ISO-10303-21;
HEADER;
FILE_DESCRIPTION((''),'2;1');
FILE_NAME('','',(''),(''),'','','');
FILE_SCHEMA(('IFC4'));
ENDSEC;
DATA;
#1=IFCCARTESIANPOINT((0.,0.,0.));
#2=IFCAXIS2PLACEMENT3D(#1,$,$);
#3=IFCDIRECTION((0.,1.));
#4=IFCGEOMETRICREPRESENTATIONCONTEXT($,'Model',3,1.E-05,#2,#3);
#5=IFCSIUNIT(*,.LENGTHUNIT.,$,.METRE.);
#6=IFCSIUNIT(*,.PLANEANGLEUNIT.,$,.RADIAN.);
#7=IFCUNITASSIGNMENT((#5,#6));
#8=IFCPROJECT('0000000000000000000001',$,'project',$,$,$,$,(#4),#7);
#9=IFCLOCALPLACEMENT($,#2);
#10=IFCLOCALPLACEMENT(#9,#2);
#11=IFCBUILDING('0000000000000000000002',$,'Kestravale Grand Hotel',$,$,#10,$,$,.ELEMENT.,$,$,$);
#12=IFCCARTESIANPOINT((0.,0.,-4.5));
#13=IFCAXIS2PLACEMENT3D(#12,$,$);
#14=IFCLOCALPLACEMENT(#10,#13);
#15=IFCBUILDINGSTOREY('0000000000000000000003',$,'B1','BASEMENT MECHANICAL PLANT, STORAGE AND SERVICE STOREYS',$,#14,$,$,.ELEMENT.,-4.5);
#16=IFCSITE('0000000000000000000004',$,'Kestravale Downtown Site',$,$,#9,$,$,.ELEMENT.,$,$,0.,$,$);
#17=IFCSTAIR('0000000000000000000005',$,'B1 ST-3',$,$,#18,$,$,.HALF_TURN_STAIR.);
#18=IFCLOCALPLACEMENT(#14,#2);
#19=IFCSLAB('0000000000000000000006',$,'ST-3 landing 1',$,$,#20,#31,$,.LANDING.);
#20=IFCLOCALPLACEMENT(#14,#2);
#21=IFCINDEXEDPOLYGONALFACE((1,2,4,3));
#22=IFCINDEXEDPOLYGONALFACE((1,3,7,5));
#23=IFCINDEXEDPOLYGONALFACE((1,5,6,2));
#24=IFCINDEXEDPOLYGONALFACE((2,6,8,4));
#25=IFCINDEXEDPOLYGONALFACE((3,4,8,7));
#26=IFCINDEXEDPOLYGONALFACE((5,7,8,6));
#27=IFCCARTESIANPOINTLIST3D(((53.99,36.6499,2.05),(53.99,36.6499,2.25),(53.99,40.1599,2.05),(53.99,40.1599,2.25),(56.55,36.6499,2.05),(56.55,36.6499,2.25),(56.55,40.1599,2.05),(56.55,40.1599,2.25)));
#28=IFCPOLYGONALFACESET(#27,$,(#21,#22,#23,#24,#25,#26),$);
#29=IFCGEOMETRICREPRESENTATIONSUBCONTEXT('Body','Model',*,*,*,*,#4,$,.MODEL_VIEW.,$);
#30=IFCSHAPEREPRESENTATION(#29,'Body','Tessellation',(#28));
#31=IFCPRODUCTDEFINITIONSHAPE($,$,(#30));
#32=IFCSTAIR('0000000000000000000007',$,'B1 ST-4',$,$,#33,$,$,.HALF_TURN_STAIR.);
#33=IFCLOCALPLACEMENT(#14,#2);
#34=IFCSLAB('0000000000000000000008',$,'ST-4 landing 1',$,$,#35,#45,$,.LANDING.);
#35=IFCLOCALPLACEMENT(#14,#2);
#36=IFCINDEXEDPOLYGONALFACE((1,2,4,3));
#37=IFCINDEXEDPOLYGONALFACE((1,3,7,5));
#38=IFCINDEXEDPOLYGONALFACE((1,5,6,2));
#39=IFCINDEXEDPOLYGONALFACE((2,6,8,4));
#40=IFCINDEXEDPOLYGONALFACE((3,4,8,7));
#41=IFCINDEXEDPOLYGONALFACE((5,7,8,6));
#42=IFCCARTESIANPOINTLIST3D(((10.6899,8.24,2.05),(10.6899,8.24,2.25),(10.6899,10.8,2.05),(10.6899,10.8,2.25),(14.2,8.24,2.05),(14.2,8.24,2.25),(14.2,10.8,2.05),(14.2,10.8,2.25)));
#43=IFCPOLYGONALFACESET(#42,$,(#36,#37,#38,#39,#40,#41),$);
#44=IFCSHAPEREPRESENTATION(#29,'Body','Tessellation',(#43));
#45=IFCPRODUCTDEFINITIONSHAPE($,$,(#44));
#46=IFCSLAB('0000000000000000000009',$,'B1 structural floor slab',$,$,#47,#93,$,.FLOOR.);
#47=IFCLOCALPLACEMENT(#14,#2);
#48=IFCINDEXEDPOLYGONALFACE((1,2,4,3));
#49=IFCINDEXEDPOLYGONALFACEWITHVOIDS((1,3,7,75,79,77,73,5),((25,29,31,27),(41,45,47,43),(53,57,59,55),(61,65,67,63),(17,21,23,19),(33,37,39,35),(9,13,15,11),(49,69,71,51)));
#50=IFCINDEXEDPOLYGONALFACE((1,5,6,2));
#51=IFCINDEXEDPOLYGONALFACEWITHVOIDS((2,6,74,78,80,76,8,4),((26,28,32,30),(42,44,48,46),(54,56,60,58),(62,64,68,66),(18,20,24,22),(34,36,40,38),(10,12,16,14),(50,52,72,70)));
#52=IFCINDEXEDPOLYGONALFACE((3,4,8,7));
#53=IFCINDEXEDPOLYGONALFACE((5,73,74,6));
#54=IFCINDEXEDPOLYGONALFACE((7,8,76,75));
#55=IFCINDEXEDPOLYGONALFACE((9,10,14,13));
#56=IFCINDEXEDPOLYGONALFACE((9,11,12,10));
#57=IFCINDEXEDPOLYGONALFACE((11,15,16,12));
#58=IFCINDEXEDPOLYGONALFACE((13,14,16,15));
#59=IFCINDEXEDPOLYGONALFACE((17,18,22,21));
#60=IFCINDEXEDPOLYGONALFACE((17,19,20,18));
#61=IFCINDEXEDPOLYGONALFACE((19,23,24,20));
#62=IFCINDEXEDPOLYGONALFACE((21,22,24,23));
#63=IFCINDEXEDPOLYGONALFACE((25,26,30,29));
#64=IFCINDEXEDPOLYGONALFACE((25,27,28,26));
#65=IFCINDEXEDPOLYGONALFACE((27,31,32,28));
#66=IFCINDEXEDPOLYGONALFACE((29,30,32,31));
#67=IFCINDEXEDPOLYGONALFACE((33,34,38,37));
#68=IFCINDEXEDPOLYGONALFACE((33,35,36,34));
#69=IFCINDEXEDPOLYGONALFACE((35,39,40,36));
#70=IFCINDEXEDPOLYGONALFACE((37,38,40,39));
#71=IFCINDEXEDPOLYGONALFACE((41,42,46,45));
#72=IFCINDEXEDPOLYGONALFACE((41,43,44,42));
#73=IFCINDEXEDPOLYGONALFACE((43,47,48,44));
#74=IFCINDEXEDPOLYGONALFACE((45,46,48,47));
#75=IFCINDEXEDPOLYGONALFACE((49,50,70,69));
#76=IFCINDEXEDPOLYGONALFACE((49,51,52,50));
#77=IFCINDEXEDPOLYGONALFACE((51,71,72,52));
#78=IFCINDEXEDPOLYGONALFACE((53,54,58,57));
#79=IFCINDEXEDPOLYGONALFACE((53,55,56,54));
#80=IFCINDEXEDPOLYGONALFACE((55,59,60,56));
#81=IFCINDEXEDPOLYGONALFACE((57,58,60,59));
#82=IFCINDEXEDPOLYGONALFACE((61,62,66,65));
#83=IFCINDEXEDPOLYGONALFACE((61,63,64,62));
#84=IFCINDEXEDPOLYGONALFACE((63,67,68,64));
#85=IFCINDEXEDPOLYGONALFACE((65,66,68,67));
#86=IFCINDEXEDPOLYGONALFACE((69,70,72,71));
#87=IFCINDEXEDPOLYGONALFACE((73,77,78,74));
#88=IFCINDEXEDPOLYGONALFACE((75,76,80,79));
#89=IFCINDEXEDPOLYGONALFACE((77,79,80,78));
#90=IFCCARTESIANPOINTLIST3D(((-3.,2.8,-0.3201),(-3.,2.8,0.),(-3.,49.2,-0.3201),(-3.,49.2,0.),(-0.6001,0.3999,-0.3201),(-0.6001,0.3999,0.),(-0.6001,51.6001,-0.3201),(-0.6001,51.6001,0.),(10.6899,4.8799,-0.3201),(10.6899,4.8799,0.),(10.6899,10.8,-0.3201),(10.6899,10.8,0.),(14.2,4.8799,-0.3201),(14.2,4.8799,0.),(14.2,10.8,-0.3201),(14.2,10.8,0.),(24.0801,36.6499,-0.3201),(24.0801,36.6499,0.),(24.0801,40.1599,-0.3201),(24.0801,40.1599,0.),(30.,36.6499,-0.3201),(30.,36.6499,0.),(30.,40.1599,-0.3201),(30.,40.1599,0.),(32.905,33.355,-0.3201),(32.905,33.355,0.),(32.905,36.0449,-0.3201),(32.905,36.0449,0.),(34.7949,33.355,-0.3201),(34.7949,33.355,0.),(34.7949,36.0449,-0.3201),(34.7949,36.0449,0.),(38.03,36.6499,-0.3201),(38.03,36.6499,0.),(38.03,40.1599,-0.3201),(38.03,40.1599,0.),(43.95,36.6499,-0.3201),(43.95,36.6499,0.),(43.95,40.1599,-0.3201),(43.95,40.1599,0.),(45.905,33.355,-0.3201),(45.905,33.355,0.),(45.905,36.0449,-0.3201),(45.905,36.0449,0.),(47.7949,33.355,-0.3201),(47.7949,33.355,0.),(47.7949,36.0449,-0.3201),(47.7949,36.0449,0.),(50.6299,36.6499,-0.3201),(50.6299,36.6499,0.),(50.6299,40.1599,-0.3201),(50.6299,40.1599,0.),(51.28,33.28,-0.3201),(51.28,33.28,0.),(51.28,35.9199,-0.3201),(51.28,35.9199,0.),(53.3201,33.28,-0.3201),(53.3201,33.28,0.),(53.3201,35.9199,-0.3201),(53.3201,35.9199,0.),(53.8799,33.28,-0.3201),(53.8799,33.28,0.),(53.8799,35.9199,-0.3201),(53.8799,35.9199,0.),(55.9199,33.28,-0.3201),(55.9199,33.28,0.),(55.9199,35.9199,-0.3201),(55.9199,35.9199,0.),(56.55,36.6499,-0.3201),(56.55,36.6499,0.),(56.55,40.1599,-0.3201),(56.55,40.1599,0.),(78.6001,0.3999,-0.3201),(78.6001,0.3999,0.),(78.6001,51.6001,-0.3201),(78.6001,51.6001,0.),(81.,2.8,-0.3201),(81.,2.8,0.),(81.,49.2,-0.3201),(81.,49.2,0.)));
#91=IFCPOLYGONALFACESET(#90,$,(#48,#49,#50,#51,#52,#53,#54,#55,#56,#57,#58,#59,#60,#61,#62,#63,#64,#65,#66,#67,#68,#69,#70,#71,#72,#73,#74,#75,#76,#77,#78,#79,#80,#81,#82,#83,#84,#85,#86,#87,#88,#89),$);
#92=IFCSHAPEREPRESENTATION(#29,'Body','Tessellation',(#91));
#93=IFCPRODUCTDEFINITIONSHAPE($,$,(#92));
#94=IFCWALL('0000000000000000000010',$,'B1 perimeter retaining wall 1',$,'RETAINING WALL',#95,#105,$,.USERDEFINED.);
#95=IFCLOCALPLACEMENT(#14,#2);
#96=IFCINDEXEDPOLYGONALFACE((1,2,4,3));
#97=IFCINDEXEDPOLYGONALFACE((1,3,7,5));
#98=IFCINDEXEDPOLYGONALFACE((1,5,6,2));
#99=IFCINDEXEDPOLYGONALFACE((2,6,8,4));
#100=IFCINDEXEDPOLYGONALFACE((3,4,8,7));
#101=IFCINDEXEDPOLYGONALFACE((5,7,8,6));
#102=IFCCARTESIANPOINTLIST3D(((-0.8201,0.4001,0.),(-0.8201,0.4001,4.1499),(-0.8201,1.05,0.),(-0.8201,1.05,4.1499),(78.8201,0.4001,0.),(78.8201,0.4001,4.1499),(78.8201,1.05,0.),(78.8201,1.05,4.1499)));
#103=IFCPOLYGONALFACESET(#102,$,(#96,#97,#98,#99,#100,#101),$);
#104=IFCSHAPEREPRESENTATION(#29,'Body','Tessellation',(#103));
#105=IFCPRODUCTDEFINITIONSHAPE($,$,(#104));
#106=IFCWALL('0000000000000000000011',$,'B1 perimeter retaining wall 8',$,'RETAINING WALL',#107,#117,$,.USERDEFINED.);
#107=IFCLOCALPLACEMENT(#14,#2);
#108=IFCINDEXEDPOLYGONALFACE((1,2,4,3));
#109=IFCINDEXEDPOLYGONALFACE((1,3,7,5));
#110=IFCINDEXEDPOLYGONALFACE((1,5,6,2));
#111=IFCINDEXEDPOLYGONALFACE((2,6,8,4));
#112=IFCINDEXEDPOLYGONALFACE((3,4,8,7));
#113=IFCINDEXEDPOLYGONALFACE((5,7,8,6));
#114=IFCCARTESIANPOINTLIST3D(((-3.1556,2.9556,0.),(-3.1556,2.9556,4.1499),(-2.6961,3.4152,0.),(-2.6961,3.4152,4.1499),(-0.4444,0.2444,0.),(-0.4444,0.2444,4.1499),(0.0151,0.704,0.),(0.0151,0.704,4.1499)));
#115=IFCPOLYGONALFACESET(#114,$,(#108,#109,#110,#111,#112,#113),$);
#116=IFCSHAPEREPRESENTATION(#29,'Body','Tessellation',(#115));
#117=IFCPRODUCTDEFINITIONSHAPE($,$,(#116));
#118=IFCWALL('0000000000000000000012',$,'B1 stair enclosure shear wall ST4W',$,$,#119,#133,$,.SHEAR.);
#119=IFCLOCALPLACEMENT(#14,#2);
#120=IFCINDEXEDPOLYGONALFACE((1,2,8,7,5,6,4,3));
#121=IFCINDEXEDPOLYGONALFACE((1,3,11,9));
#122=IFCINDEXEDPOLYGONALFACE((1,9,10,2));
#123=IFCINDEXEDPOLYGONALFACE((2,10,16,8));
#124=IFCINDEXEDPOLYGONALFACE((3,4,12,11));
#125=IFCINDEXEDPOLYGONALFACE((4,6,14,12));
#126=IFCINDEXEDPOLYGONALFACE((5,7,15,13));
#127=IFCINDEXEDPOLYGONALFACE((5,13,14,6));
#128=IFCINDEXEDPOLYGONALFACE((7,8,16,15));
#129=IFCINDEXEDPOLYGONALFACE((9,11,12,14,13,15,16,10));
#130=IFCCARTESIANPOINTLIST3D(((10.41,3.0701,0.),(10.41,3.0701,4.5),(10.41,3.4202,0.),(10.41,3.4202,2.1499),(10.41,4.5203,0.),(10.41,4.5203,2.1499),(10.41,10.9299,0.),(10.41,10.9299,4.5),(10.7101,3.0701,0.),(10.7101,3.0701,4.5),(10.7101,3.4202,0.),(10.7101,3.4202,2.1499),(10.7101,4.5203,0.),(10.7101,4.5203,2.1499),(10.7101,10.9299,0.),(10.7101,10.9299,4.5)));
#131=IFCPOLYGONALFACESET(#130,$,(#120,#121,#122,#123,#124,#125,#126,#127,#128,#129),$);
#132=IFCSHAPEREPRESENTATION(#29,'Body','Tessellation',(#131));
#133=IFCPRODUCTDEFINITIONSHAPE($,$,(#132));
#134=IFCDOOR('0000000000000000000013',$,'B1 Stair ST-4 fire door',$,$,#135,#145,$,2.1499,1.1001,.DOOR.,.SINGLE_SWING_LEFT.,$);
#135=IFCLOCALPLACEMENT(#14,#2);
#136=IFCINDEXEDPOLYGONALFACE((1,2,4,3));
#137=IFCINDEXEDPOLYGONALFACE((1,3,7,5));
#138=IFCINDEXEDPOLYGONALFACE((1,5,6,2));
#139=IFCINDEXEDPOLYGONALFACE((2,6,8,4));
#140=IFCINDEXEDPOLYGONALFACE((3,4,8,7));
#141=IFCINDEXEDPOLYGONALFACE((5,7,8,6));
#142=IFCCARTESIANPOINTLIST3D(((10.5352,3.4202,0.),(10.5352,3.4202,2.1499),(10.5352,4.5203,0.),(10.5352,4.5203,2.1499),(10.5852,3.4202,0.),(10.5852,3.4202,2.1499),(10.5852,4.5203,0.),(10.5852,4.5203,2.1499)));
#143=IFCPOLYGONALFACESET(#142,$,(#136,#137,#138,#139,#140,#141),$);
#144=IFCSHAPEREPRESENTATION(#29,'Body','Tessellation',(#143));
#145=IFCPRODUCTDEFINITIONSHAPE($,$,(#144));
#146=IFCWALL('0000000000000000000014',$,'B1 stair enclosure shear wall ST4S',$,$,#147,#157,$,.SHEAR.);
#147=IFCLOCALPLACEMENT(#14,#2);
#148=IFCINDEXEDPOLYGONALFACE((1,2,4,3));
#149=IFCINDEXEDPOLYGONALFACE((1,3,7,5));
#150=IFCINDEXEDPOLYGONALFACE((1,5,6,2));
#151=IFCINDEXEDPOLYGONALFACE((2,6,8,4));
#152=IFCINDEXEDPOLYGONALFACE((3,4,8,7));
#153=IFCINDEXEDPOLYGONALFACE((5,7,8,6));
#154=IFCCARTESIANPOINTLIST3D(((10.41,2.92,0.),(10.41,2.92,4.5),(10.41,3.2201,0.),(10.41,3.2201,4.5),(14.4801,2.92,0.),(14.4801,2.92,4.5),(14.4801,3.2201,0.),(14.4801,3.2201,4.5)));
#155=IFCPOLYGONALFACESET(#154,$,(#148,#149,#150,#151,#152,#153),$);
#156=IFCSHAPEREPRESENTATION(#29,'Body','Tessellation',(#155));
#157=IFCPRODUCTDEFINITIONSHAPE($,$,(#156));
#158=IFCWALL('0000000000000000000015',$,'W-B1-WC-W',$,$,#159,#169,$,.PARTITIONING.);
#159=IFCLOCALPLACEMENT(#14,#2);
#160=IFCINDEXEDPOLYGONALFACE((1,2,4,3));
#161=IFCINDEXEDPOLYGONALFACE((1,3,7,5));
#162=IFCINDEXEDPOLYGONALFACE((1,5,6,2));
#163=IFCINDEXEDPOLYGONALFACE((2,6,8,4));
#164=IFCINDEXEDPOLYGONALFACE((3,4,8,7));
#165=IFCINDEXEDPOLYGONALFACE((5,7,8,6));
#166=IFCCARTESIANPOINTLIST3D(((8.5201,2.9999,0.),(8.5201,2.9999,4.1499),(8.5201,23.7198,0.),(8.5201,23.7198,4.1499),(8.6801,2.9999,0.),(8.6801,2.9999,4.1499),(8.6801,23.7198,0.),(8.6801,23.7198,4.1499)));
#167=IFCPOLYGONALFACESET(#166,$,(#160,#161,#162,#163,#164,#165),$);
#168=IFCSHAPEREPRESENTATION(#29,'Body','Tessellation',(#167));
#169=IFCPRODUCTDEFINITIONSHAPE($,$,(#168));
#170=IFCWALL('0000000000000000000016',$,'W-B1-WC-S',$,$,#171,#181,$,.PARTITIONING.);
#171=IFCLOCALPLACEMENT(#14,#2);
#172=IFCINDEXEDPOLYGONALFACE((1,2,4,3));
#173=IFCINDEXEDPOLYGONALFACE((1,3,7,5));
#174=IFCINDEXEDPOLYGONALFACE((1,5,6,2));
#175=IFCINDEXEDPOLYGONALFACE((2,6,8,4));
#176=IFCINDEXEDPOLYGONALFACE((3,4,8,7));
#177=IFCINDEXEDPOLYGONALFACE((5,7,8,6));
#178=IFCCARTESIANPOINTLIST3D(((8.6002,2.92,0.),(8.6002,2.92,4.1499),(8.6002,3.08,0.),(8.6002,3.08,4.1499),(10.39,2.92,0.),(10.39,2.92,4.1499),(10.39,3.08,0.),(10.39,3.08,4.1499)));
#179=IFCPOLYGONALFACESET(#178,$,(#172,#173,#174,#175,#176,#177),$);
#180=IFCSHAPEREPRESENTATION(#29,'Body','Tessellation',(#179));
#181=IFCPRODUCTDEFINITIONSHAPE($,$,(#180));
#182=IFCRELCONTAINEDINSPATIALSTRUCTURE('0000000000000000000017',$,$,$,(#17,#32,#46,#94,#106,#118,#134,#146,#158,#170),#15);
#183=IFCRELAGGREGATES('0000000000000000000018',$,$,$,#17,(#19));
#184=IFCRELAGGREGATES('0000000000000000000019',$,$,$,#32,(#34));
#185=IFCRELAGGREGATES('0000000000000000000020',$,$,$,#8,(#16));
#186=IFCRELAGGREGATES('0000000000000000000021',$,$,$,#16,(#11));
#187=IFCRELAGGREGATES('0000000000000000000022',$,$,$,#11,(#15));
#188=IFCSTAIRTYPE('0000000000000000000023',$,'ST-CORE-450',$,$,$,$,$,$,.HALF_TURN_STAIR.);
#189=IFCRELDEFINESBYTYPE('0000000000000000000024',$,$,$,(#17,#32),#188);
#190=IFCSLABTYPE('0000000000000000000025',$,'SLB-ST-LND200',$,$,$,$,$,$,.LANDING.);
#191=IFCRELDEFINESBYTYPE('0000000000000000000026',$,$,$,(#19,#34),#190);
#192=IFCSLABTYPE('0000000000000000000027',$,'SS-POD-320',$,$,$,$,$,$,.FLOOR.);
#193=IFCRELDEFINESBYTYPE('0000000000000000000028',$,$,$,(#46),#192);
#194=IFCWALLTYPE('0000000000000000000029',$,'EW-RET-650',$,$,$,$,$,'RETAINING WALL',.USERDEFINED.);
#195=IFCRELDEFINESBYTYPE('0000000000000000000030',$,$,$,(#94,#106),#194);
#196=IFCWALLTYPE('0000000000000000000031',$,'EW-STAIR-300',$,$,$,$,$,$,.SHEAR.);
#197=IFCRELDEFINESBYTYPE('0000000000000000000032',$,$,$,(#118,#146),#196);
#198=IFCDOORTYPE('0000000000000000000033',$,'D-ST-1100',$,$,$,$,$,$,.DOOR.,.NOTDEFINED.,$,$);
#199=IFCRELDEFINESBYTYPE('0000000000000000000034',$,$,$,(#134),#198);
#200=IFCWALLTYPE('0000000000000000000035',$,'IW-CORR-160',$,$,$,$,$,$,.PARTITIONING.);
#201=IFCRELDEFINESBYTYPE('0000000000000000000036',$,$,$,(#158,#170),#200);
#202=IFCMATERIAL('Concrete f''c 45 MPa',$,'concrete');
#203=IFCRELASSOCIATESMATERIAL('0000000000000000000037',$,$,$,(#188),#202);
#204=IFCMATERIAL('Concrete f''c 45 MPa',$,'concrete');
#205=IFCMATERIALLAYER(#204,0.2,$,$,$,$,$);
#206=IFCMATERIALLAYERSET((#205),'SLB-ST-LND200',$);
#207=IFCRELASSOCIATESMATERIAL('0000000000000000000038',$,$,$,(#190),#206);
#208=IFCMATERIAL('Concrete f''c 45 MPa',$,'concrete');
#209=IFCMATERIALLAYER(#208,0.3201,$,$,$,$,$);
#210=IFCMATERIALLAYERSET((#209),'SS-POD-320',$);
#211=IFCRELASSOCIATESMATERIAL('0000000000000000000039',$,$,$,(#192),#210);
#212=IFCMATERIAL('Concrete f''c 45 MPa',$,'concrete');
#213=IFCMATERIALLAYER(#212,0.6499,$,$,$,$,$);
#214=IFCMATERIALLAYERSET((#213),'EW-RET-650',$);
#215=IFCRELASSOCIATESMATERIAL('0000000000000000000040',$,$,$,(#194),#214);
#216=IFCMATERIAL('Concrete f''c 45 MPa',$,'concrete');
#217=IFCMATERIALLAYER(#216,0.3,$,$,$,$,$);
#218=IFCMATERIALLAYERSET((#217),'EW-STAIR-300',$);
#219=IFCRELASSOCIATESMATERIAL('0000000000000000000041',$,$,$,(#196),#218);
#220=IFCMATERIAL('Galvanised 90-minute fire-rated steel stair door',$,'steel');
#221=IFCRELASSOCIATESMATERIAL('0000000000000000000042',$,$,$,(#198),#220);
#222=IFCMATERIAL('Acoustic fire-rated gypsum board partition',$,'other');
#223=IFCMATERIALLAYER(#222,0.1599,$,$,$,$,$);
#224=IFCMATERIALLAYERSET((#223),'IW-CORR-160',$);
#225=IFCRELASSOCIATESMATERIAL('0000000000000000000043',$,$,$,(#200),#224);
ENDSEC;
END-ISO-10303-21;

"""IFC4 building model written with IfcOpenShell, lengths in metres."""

from ifc_helpers import new_model, si_unit, direction, frame, frame_2d, origin, place, context, subcontext, project, spatial, polyline, rectangle, outline, extrude, material, layer, layer_set, type_object, element, fill, aggregate, save


model = new_model("IFC4")

# Units and contexts
model_context = context("Model", 3, precision=1e-05, world=origin(), true_north=direction((0.0, 1.0)))
body_context = subcontext(model_context, "Body", "Model", "MODEL_VIEW")
ifc_project = project(units=[si_unit("LENGTHUNIT", "METRE"), si_unit("PLANEANGLEUNIT", "RADIAN")], contexts=[model_context])

# Site, building, storey
site_placement = place(None, origin())
site = spatial("IfcSite", under=ifc_project, at=site_placement, Name="Kestravale Downtown Site", CompositionType="ELEMENT", RefElevation=0.0)
building_placement = place(site_placement, origin())
building = spatial("IfcBuilding", under=site, at=building_placement, Name="Kestravale Grand Hotel", CompositionType="ELEMENT")
storey_placement = place(building_placement, frame((0.0, 0.0, -4.5)))
storey = spatial("IfcBuildingStorey", under=building, at=storey_placement, Name="B1", Description="BASEMENT MECHANICAL PLANT, STORAGE AND SERVICE STOREYS", CompositionType="ELEMENT", Elevation=-4.5)

# Stairs, slabs
ifc_material_1 = material(Name="Concrete f'c 45 MPa", Category="concrete")
stair_type = type_object("IfcStairType", Name="ST-CORE-450", PredefinedType="HALF_TURN_STAIR", material=ifc_material_1)
ifc_material_2 = material(Name="Concrete f'c 45 MPa", Category="concrete")
ifc_layer_1 = layer(ifc_material_2, 0.2)
ifc_layer_set_1 = layer_set([ifc_layer_1], Name="SLB-ST-LND200")
slab_type_1 = type_object("IfcSlabType", Name="SLB-ST-LND200", PredefinedType="LANDING", material=ifc_layer_set_1)
stair_1_placement = place(storey_placement, origin())
stair_1 = element("IfcStair", 1, at=stair_1_placement, inside=storey, type_object=stair_type, Name="B1 ST-3", PredefinedType="HALF_TURN_STAIR")
slab_1_placement = place(storey_placement, frame((0.0, 0.0, 2.05)))
slab_1 = element("IfcSlab", 2, at=slab_1_placement, type_object=slab_type_1, Name="ST-3 landing 1", PredefinedType="LANDING", context=body_context, shape_type="SweptSolid", body=[
    extrude(outline(polyline([(53.99, 36.6499), (56.55, 36.6499), (56.55, 40.1599), (53.99, 40.1599), (53.99, 36.6499)])), origin(), (0.0, 0.0, 1.0), 0.2),
])
aggregate(stair_1, [slab_1])
stair_2_placement = place(storey_placement, origin())
stair_2 = element("IfcStair", 3, at=stair_2_placement, inside=storey, type_object=stair_type, Name="B1 ST-4", PredefinedType="HALF_TURN_STAIR")
slab_2_placement = place(storey_placement, frame((0.0, 0.0, 2.05)))
slab_2 = element("IfcSlab", 4, at=slab_2_placement, type_object=slab_type_1, Name="ST-4 landing 1", PredefinedType="LANDING", context=body_context, shape_type="SweptSolid", body=[
    extrude(outline(polyline([(14.2, 8.24), (14.2, 10.8), (10.6899, 10.8), (10.6899, 8.24), (14.2, 8.24)])), origin(), (0.0, 0.0, 1.0), 0.2),
])
aggregate(stair_2, [slab_2])

# Slab
ifc_material_3 = material(Name="Concrete f'c 45 MPa", Category="concrete")
ifc_layer_2 = layer(ifc_material_3, 0.3201)
ifc_layer_set_2 = layer_set([ifc_layer_2], Name="SS-POD-320")
slab_type_2 = type_object("IfcSlabType", Name="SS-POD-320", PredefinedType="FLOOR", material=ifc_layer_set_2)
slab_3_placement = place(storey_placement, frame((0.0, 0.0, -0.3201)))
element("IfcSlab", 5, at=slab_3_placement, inside=storey, type_object=slab_type_2, Name="B1 structural floor slab", PredefinedType="FLOOR", context=body_context, shape_type="SweptSolid", body=[
    extrude(outline(polyline([(-0.6001, 0.3999), (78.6001, 0.3999), (81.0, 2.8), (81.0, 49.2), (78.6001, 51.6001), (-0.6001, 51.6001), (-3.0, 49.2), (-3.0, 2.8), (-0.6001, 0.3999)]), holes=[polyline([(24.0801, 36.6499), (30.0, 36.6499), (30.0, 40.1599), (24.0801, 40.1599), (24.0801, 36.6499)]), polyline([(38.03, 36.6499), (43.95, 36.6499), (43.95, 40.1599), (38.03, 40.1599), (38.03, 36.6499)]), polyline([(50.6299, 36.6499), (56.55, 36.6499), (56.55, 40.1599), (50.6299, 40.1599), (50.6299, 36.6499)]), polyline([(14.2, 4.8799), (14.2, 10.8), (10.6899, 10.8), (10.6899, 4.8799), (14.2, 4.8799)]), polyline([(32.905, 33.355), (34.7949, 33.355), (34.7949, 36.0449), (32.905, 36.0449), (32.905, 33.355)]), polyline([(45.905, 33.355), (47.7949, 33.355), (47.7949, 36.0449), (45.905, 36.0449), (45.905, 33.355)]), polyline([(51.28, 33.28), (53.3201, 33.28), (53.3201, 35.9199), (51.28, 35.9199), (51.28, 33.28)]), polyline([(53.8799, 33.28), (55.9199, 33.28), (55.9199, 35.9199), (53.8799, 35.9199), (53.8799, 33.28)])]), origin(), (0.0, 0.0, 1.0), 0.3201),
])

# Walls
ifc_material_4 = material(Name="Concrete f'c 45 MPa", Category="concrete")
ifc_layer_3 = layer(ifc_material_4, 0.6499)
ifc_layer_set_3 = layer_set([ifc_layer_3], Name="EW-RET-650")
wall_type_1 = type_object("IfcWallType", Name="EW-RET-650", ElementType="RETAINING WALL", PredefinedType="USERDEFINED", material=ifc_layer_set_3)
wall_1_placement = place(storey_placement, frame((-0.8201, 0.7251, 0.0), z_axis=(0.0, 0.0, 1.0), x_axis=(1.0, 0.0, 0.0)))
element("IfcWall", 6, at=wall_1_placement, inside=storey, type_object=wall_type_1, Name="B1 perimeter retaining wall 1", ObjectType="RETAINING WALL", PredefinedType="USERDEFINED", context=body_context, shape_type="SweptSolid", body=[
    extrude(rectangle(XDim=79.6401, YDim=0.6499, at=frame_2d((39.8201, 0.0))), origin(), (0.0, 0.0, 1.0), 4.1499),
])
wall_2_placement = place(storey_placement, frame((-2.9258, 3.1853, 0.0), z_axis=(0.0, 0.0, 1.0), x_axis=(0.707107, -0.707107, 0.0)))
element("IfcWall", 7, at=wall_2_placement, inside=storey, type_object=wall_type_1, Name="B1 perimeter retaining wall 8", ObjectType="RETAINING WALL", PredefinedType="USERDEFINED", context=body_context, shape_type="SweptSolid", body=[
    extrude(rectangle(XDim=3.8342, YDim=0.6499, at=frame_2d((1.917, 0.0))), origin(), (0.0, 0.0, 1.0), 4.1499),
])

# Wall, opening, door
ifc_material_5 = material(Name="Concrete f'c 45 MPa", Category="concrete")
ifc_layer_4 = layer(ifc_material_5, 0.3)
ifc_layer_set_4 = layer_set([ifc_layer_4], Name="EW-STAIR-300")
wall_type_2 = type_object("IfcWallType", Name="EW-STAIR-300", PredefinedType="SHEAR", material=ifc_layer_set_4)
wall_3_placement = place(storey_placement, frame((10.5601, 3.0701, 0.0), z_axis=(0.0, 0.0, 1.0), x_axis=(0.0, 1.0, 0.0)))
wall_3 = element("IfcWall", 8, at=wall_3_placement, inside=storey, type_object=wall_type_2, Name="B1 stair enclosure shear wall ST4W", PredefinedType="SHEAR", context=body_context, shape_type="SweptSolid", body=[
    extrude(rectangle(XDim=7.8599, YDim=0.3, at=frame_2d((3.9299, 0.0))), origin(), (0.0, 0.0, 1.0), 4.5),
])
opening_placement = place(wall_3_placement, frame((0.3501, 0.0, 0.0)))
opening = element("IfcOpeningElement", 9, at=opening_placement, cuts=wall_3, PredefinedType="OPENING", context=body_context, shape_type="SweptSolid", body=[
    extrude(rectangle(XDim=1.1001, YDim=2.1499, at=frame_2d((0.55, 1.075))), frame((0.0, 0.1599, 0.0), z_axis=(0.0, -1.0, 0.0), x_axis=(1.0, 0.0, 0.0)), (0.0, 0.0, 1.0), 0.3201),
])
ifc_material_6 = material(Name="Galvanised 90-minute fire-rated steel stair door", Category="steel")
door_type = type_object("IfcDoorType", Name="D-ST-1100", OperationType="NOTDEFINED", PredefinedType="DOOR", material=ifc_material_6)
door_placement = place(opening_placement, origin())
door = element("IfcDoor", 10, at=door_placement, inside=storey, type_object=door_type, Name="B1 Stair ST-4 fire door", OperationType="SINGLE_SWING_LEFT", OverallHeight=2.1499, OverallWidth=1.1001, PredefinedType="DOOR", context=body_context, shape_type="SweptSolid", body=[
    extrude(rectangle(XDim=1.1001, YDim=2.1499, at=frame_2d((0.55, 1.075))), frame((0.0, 0.0249, 0.0), z_axis=(0.0, -1.0, 0.0), x_axis=(1.0, 0.0, 0.0)), (0.0, 0.0, 1.0), 0.05),
])
fill(opening, door)

# Walls
wall_4_placement = place(storey_placement, frame((10.4099, 3.0701, 0.0), z_axis=(0.0, 0.0, 1.0), x_axis=(1.0, 0.0, 0.0)))
element("IfcWall", 11, at=wall_4_placement, inside=storey, type_object=wall_type_2, Name="B1 stair enclosure shear wall ST4S", PredefinedType="SHEAR", context=body_context, shape_type="SweptSolid", body=[
    extrude(rectangle(XDim=4.0701, YDim=0.3, at=frame_2d((2.0352, 0.0))), origin(), (0.0, 0.0, 1.0), 4.5),
])
ifc_material_7 = material(Name="Acoustic fire-rated gypsum board partition", Category="other")
ifc_layer_5 = layer(ifc_material_7, 0.1599)
ifc_layer_set_5 = layer_set([ifc_layer_5], Name="IW-CORR-160")
wall_type_3 = type_object("IfcWallType", Name="IW-CORR-160", PredefinedType="PARTITIONING", material=ifc_layer_set_5)
wall_5_placement = place(storey_placement, frame((8.6001, 3.0, 0.0), z_axis=(0.0, 0.0, 1.0), x_axis=(0.0, 1.0, 0.0)))
element("IfcWall", 12, at=wall_5_placement, inside=storey, type_object=wall_type_3, Name="W-B1-WC-W", PredefinedType="PARTITIONING", context=body_context, shape_type="SweptSolid", body=[
    extrude(rectangle(XDim=20.72, YDim=0.1599, at=frame_2d((10.3599, 0.0))), origin(), (0.0, 0.0, 1.0), 4.1499),
])
wall_6_placement = place(storey_placement, frame((8.6001, 3.0, 0.0), z_axis=(0.0, 0.0, 1.0), x_axis=(1.0, 0.0, 0.0)))
element("IfcWall", 13, at=wall_6_placement, inside=storey, type_object=wall_type_3, Name="W-B1-WC-S", PredefinedType="PARTITIONING", context=body_context, shape_type="SweptSolid", body=[
    extrude(rectangle(XDim=1.7898, YDim=0.1599, at=frame_2d((0.895, 0.0))), origin(), (0.0, 0.0, 1.0), 4.1499),
])

save(model, "model.ifc")
